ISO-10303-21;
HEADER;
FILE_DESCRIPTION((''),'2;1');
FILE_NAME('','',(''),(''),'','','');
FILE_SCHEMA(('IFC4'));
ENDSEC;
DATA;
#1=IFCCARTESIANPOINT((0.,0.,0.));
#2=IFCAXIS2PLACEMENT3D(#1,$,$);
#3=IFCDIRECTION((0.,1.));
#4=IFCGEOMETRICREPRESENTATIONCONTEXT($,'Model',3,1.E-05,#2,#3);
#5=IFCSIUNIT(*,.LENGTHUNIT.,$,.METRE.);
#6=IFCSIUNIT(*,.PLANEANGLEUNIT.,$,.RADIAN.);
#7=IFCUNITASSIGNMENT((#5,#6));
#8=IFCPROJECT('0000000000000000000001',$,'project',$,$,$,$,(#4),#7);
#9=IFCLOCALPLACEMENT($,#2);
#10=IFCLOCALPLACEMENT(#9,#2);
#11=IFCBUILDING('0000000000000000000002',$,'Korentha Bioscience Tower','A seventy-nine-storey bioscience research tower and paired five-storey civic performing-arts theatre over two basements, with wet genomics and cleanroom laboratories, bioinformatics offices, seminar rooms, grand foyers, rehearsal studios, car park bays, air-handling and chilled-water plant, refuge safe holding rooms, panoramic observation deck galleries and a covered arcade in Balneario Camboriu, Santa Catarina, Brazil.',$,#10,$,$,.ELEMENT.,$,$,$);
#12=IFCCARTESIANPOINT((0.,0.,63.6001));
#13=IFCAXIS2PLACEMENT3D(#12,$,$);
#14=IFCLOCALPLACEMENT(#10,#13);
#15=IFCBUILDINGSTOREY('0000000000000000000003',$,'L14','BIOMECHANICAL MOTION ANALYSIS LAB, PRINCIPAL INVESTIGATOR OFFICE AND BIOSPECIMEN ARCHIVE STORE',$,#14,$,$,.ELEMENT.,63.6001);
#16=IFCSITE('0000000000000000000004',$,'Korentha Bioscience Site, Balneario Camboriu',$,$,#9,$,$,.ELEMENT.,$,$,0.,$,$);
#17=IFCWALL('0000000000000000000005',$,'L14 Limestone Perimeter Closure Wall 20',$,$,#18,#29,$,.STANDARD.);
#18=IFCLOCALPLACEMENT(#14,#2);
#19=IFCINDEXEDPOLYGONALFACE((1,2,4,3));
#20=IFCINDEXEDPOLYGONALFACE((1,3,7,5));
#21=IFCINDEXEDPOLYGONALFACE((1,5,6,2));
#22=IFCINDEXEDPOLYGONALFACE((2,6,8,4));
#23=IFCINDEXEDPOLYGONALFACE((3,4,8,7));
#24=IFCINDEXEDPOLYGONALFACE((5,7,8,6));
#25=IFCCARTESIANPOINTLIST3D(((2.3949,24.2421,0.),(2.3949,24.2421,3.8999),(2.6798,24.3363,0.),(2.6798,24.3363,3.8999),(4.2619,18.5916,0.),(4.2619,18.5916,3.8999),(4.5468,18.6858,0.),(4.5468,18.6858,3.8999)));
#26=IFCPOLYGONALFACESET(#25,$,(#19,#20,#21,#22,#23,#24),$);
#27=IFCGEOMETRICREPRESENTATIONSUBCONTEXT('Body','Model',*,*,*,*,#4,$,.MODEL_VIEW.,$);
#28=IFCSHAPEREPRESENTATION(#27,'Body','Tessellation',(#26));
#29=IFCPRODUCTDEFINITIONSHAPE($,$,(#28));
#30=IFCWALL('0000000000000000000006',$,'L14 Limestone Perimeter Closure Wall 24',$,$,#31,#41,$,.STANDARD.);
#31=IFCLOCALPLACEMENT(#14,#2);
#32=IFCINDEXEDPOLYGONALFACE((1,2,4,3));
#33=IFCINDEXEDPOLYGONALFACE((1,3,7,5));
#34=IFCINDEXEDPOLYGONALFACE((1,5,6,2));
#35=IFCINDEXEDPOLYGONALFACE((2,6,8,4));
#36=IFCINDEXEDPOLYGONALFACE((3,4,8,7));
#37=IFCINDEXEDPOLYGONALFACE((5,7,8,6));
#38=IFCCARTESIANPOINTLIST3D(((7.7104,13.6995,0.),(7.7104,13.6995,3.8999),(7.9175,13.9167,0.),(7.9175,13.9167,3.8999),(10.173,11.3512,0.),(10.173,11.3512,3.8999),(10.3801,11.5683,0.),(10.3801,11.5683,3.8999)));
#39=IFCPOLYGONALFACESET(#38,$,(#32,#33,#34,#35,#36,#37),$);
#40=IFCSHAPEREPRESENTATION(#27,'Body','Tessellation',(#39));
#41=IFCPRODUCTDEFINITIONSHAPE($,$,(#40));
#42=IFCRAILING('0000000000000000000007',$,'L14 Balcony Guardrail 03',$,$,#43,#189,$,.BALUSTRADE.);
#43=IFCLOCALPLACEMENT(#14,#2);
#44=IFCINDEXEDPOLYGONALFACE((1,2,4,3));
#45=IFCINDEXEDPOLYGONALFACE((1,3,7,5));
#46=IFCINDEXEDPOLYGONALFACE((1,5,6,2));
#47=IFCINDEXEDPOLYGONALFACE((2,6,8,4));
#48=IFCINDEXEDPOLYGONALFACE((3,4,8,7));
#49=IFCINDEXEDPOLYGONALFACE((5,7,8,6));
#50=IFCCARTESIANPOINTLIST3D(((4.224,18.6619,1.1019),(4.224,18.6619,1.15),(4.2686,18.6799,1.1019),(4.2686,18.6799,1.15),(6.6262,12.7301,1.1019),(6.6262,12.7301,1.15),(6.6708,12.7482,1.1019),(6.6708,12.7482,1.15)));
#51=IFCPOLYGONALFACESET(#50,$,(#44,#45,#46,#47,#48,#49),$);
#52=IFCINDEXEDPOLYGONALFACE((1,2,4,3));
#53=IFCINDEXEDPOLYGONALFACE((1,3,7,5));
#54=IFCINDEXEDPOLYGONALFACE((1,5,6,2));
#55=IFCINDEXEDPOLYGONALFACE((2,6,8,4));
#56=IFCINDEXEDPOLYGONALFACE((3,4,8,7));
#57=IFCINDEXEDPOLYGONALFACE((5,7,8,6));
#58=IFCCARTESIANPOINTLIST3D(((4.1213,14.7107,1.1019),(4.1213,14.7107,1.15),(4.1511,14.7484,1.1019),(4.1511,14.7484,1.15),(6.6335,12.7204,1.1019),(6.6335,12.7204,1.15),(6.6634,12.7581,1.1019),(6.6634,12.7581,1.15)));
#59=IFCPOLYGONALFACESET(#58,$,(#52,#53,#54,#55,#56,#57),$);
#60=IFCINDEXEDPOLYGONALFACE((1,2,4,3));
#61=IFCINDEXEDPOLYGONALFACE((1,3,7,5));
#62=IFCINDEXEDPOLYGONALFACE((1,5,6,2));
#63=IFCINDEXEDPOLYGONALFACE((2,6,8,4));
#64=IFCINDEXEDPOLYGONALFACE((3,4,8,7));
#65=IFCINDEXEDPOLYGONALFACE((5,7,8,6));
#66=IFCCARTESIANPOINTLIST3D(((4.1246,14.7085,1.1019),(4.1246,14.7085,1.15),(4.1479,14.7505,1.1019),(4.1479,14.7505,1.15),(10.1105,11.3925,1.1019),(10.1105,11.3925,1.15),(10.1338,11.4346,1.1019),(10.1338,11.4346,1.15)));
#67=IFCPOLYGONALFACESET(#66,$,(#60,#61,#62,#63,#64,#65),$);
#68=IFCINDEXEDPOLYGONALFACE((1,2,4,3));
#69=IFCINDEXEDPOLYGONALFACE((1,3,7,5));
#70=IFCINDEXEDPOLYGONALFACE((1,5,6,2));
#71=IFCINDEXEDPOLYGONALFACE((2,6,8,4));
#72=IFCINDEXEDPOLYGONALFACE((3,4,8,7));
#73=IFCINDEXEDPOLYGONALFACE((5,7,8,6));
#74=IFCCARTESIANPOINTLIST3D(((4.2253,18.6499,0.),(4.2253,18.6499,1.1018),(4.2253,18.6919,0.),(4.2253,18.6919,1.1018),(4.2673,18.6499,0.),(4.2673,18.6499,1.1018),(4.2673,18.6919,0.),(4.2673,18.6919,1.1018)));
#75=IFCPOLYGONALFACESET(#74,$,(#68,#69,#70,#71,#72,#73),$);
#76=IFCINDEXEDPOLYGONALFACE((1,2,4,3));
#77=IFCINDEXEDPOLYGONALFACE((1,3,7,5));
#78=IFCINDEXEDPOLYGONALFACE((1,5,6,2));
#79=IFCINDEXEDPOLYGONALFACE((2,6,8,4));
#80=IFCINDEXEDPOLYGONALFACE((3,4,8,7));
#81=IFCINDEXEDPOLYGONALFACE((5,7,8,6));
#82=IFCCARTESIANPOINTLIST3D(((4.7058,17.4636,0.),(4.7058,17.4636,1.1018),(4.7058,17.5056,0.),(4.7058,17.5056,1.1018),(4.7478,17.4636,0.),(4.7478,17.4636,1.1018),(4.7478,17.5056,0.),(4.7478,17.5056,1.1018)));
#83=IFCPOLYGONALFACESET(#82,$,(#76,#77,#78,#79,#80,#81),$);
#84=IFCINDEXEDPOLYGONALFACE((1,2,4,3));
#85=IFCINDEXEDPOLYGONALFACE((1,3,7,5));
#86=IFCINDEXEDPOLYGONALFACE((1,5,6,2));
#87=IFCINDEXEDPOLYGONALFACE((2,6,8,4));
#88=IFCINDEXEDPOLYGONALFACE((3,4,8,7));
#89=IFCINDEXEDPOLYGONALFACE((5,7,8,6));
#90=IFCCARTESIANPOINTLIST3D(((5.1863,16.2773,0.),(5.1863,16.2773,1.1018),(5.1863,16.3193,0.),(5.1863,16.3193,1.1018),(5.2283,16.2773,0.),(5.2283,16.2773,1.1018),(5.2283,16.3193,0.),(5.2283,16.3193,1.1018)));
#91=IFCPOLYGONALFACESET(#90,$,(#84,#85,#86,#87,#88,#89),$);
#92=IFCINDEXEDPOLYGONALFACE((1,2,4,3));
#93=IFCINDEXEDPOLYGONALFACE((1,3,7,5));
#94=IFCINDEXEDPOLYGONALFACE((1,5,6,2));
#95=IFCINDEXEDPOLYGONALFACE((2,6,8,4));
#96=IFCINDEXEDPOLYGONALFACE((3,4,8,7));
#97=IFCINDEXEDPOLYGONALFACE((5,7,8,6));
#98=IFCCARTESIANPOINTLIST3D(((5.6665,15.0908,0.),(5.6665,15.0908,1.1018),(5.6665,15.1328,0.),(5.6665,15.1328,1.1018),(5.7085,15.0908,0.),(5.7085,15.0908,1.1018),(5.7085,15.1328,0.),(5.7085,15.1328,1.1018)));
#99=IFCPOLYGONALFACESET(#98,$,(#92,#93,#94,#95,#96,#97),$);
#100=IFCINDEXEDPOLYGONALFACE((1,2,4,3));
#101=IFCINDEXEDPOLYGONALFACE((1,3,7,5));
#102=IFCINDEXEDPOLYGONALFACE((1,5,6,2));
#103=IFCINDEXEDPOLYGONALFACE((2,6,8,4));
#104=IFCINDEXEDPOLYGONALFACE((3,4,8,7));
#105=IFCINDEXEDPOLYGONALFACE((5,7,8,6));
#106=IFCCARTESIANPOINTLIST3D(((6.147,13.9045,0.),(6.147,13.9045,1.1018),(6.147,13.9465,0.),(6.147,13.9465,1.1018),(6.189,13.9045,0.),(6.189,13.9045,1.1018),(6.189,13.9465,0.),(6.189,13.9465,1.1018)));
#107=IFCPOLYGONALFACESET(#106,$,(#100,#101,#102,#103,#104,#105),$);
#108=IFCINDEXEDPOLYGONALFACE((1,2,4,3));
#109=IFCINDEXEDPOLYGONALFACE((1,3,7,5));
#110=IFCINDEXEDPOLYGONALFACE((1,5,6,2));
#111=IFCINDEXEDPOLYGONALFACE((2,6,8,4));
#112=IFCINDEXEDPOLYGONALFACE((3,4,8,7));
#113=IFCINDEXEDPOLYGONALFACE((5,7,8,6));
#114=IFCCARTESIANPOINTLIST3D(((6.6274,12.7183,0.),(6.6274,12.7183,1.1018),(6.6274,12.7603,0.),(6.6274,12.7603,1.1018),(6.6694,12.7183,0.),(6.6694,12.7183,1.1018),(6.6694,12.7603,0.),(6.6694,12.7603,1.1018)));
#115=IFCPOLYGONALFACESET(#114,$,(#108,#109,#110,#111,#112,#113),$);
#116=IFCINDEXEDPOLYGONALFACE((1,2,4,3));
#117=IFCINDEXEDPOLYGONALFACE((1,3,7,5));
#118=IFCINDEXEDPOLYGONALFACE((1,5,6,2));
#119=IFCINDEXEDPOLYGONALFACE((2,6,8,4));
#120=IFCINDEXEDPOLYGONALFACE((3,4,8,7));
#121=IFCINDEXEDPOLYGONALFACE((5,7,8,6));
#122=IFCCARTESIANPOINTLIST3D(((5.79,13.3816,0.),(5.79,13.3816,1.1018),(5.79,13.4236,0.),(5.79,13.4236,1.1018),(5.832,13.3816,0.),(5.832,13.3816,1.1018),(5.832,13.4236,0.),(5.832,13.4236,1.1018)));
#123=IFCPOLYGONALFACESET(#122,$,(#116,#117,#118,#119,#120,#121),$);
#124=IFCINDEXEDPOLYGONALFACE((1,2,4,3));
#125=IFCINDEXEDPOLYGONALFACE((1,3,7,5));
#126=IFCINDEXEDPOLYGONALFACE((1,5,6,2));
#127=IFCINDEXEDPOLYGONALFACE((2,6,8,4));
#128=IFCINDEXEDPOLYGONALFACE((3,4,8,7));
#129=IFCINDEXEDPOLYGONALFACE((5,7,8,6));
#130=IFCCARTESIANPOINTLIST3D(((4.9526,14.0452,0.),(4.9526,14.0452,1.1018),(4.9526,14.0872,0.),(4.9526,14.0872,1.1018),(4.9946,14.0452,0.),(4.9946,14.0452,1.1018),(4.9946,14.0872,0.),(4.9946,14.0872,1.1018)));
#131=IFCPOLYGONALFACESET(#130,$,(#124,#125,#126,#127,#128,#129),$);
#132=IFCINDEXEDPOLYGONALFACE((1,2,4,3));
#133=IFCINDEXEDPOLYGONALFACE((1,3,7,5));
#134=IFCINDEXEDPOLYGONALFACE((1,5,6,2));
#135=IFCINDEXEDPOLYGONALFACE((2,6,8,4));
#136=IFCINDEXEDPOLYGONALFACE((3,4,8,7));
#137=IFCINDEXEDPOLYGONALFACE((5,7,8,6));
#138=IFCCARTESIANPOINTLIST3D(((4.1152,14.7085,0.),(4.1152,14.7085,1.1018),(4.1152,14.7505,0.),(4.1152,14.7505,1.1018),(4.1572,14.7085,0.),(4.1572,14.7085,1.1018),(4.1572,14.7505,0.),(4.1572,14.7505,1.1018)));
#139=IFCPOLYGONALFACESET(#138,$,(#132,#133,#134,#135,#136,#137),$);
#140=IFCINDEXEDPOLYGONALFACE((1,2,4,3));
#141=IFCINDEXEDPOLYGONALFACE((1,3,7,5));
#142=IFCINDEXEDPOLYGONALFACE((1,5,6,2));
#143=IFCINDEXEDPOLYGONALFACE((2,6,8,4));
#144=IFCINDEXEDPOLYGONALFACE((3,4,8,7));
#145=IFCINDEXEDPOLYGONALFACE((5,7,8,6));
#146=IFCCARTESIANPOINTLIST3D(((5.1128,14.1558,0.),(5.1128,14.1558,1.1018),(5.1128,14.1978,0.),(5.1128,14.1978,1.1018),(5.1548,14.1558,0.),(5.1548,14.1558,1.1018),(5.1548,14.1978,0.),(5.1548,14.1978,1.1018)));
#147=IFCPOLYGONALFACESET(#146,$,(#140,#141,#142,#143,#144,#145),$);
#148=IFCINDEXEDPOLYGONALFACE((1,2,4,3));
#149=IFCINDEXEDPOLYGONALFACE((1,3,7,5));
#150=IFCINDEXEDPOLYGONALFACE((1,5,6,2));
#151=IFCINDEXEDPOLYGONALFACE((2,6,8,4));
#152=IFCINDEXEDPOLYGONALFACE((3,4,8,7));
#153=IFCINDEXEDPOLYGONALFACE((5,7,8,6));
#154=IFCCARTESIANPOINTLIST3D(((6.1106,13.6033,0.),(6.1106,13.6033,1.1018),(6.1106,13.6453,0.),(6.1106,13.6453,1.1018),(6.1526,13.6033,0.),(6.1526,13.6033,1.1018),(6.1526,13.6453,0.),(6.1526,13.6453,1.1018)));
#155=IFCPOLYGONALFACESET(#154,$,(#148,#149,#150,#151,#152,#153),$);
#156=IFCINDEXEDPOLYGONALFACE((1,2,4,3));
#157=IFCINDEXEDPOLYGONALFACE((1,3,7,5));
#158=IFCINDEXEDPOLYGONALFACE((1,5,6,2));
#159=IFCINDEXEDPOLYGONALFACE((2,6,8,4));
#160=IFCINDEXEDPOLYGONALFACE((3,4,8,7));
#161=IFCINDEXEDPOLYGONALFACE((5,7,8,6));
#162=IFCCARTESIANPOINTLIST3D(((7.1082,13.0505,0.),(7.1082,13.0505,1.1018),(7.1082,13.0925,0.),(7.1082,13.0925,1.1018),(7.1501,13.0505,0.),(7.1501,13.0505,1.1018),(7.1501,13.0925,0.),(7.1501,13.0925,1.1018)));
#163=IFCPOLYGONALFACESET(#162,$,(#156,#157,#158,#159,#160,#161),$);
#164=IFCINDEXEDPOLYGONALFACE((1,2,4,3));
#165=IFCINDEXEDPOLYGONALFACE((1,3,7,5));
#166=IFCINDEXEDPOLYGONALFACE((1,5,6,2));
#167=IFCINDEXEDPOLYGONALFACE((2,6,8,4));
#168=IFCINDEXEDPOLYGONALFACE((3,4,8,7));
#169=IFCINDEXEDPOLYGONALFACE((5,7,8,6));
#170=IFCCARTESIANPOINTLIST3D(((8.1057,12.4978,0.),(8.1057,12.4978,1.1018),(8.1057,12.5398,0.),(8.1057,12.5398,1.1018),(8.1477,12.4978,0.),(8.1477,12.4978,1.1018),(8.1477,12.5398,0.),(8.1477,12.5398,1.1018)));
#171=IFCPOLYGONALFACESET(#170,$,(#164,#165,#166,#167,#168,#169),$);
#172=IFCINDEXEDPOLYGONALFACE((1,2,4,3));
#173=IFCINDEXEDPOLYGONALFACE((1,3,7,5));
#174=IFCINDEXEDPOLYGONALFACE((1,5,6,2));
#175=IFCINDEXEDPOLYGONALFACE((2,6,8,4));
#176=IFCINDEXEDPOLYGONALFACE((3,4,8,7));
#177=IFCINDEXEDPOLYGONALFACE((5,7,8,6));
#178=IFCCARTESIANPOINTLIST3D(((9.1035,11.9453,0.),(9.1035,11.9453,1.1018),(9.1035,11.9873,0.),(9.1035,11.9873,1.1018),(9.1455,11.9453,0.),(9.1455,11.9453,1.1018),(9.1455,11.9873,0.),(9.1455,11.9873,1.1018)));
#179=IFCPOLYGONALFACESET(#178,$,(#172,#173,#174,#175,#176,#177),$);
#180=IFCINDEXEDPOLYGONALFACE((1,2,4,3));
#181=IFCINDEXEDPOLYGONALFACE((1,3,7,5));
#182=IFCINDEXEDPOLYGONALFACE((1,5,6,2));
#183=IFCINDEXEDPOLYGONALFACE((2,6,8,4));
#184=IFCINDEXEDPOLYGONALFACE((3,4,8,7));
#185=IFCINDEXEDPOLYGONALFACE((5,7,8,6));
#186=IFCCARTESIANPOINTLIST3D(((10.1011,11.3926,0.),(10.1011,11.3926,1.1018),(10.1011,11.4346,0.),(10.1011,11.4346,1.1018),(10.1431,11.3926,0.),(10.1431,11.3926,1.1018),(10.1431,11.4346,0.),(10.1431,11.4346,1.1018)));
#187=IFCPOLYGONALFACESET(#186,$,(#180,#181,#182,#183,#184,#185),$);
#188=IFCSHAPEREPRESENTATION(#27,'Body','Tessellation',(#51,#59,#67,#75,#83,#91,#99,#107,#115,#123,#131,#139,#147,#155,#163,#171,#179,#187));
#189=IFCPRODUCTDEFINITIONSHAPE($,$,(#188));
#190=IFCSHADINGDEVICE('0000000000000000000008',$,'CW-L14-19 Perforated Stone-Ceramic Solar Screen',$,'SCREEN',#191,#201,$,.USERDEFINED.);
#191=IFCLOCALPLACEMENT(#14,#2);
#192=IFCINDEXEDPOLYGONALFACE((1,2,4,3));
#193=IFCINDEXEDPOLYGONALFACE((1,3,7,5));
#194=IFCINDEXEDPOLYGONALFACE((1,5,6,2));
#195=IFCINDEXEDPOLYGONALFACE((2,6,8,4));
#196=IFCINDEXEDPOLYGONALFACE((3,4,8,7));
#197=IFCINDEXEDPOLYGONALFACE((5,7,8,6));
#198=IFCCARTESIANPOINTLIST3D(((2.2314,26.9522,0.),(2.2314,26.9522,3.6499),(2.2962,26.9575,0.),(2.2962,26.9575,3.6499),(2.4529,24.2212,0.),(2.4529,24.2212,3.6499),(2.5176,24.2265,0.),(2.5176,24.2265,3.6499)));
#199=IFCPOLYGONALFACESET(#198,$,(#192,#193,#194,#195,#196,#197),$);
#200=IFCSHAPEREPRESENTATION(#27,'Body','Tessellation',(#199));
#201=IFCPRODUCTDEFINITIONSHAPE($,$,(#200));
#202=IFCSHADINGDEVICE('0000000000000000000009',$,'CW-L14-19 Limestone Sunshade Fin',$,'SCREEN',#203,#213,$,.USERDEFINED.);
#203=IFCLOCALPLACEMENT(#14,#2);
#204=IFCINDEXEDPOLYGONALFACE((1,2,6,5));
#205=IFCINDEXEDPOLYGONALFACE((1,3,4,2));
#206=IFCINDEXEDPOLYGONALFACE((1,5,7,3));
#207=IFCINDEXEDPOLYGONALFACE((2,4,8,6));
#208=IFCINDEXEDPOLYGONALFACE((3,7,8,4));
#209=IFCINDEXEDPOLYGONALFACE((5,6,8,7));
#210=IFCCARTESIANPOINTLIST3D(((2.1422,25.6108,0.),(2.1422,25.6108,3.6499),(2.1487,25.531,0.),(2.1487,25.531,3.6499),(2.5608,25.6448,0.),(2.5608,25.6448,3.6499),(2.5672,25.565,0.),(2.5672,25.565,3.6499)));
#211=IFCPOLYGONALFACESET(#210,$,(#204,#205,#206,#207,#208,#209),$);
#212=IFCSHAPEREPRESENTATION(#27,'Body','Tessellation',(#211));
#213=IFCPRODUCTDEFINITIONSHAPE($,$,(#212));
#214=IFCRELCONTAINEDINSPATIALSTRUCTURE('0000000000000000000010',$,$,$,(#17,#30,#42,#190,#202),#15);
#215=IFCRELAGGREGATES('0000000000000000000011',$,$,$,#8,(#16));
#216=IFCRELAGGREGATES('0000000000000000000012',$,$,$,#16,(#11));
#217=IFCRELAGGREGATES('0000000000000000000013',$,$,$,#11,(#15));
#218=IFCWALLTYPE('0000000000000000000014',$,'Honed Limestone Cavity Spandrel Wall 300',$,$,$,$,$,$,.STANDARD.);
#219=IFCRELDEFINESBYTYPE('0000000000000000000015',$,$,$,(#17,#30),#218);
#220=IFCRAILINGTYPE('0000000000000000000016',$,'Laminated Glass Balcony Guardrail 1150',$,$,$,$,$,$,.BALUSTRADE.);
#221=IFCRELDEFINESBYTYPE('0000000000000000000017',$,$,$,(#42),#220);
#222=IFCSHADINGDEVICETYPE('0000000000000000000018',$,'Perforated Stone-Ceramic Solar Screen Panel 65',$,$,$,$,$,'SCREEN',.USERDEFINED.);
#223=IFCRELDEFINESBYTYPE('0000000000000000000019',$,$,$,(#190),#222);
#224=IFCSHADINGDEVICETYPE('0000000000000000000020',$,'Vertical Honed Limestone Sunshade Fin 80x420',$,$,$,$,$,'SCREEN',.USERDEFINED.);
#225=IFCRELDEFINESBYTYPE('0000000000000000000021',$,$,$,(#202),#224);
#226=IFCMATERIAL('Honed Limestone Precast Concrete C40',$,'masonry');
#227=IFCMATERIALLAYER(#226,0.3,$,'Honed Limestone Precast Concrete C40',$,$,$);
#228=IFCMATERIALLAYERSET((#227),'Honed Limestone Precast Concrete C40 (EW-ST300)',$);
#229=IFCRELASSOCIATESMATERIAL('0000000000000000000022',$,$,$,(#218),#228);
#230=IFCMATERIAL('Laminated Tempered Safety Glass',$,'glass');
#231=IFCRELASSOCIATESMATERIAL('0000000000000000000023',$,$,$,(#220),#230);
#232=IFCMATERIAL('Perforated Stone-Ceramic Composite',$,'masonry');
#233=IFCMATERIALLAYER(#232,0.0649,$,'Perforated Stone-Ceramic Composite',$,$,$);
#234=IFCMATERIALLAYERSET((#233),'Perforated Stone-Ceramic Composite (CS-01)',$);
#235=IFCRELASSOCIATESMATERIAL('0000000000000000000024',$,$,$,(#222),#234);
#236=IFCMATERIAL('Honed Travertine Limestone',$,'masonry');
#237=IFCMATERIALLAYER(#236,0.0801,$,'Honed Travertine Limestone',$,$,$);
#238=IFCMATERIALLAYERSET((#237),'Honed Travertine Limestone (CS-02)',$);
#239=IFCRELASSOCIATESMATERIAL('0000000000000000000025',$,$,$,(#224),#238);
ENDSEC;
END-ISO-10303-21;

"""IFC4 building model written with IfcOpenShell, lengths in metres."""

from ifc_helpers import new_model, si_unit, direction, frame, frame_2d, origin, origin_2d, place, context, subcontext, project, spatial, rectangle, extrude, material, layer, layer_set, type_object, element, save


model = new_model("IFC4")

# Units and contexts
model_context = context("Model", 3, precision=1e-05, world=origin(), true_north=direction((0.0, 1.0)))
body_context = subcontext(model_context, "Body", "Model", "MODEL_VIEW")
ifc_project = project(units=[si_unit("LENGTHUNIT", "METRE"), si_unit("PLANEANGLEUNIT", "RADIAN")], contexts=[model_context])

# Site, building, storey
site_placement = place(None, origin())
site = spatial("IfcSite", under=ifc_project, at=site_placement, Name="Korentha Bioscience Site, Balneario Camboriu", CompositionType="ELEMENT", RefElevation=0.0)
building_placement = place(site_placement, origin())
building = spatial("IfcBuilding", under=site, at=building_placement, Name="Korentha Bioscience Tower", Description="A seventy-nine-storey bioscience research tower and paired five-storey civic performing-arts theatre over two basements, with wet genomics and cleanroom laboratories, bioinformatics offices, seminar rooms, grand foyers, rehearsal studios, car park bays, air-handling and chilled-water plant, refuge safe holding rooms, panoramic observation deck galleries and a covered arcade in Balneario Camboriu, Santa Catarina, Brazil.", CompositionType="ELEMENT")
storey_placement = place(building_placement, frame((0.0, 0.0, 63.6001)))
storey = spatial("IfcBuildingStorey", under=building, at=storey_placement, Name="L14", Description="BIOMECHANICAL MOTION ANALYSIS LAB, PRINCIPAL INVESTIGATOR OFFICE AND BIOSPECIMEN ARCHIVE STORE", CompositionType="ELEMENT", Elevation=63.6001)

# Shared definitions
ifc_material_1 = material(Name="Honed Limestone Precast Concrete C40", Category="masonry")
ifc_layer_1 = layer(ifc_material_1, 0.3, Name="Honed Limestone Precast Concrete C40")
ifc_layer_set_1 = layer_set([ifc_layer_1], Name="Honed Limestone Precast Concrete C40 (EW-ST300)")
wall_type_1 = type_object("IfcWallType", Name="Honed Limestone Cavity Spandrel Wall 300", PredefinedType="STANDARD", material=ifc_layer_set_1)

# Walls
wall_1_placement = place(storey_placement, frame((2.5374, 24.2893, 0.0), z_axis=(0.0, 0.0, 1.0), x_axis=(0.313728, -0.949513, 0.0)))
element("IfcWall", 1, at=wall_1_placement, inside=storey, type_object=wall_type_1, Name="L14 Limestone Perimeter Closure Wall 20", PredefinedType="STANDARD", context=body_context, shape_type="SweptSolid", body=[
    extrude(rectangle(XDim=5.9509, YDim=0.3, at=frame_2d((2.9756, 0.0))), origin(), (0.0, 0.0, 1.0), 3.8999),
])
wall_2_placement = place(storey_placement, frame((7.814, 13.8081, 0.0), z_axis=(0.0, 0.0, 1.0), x_axis=(0.723696, -0.690119, 0.0)))
element("IfcWall", 2, at=wall_2_placement, inside=storey, type_object=wall_type_1, Name="L14 Limestone Perimeter Closure Wall 24", PredefinedType="STANDARD", context=body_context, shape_type="SweptSolid", body=[
    extrude(rectangle(XDim=3.4028, YDim=0.3, at=frame_2d((1.7014, 0.0))), origin(), (0.0, 0.0, 1.0), 3.8999),
])

# Railing
ifc_material_2 = material(Name="Laminated Tempered Safety Glass", Category="glass")
railing_type = type_object("IfcRailingType", Name="Laminated Glass Balcony Guardrail 1150", PredefinedType="BALUSTRADE", material=ifc_material_2)
railing_placement = place(storey_placement, frame((4.2463, 18.6709, 0.0)))
element("IfcRailing", 3, at=railing_placement, inside=storey, type_object=railing_type, Name="L14 Balcony Guardrail 03", PredefinedType="BALUSTRADE", context=body_context, shape_type="SweptSolid", body=[
    extrude(rectangle(XDim=0.0481, YDim=0.0481, at=origin_2d()), frame((0.0, 0.0, 1.126), z_axis=(0.375354, -0.926882, 0.0), x_axis=(0.926882, 0.375354, 0.0)), (0.0, 0.0, 1.0), 6.3997),
    extrude(rectangle(XDim=0.0481, YDim=0.0481, at=origin_2d()), frame((2.4021, -5.9316, 1.126), z_axis=(-0.783833, 0.620972, 0.0), x_axis=(-0.620972, -0.783833, 0.0)), (0.0, 0.0, 1.0), 3.2051),
    extrude(rectangle(XDim=0.0481, YDim=0.0481, at=origin_2d()), frame((-0.1101, -3.9414, 1.126), z_axis=(0.874749, -0.484576, 0.0), x_axis=(0.484576, 0.874749, 0.0)), (0.0, 0.0, 1.0), 6.843),
    extrude(rectangle(XDim=0.042, YDim=0.042, at=origin_2d()), origin(), (0.0, 0.0, 1.0), 1.1018),
    extrude(rectangle(XDim=0.042, YDim=0.042, at=origin_2d()), frame((0.4805, -1.1863, 0.0)), (0.0, 0.0, 1.0), 1.1018),
    extrude(rectangle(XDim=0.042, YDim=0.042, at=origin_2d()), frame((0.9609, -2.3726, 0.0)), (0.0, 0.0, 1.0), 1.1018),
    extrude(rectangle(XDim=0.042, YDim=0.042, at=origin_2d()), frame((1.4412, -3.5591, 0.0)), (0.0, 0.0, 1.0), 1.1018),
    extrude(rectangle(XDim=0.042, YDim=0.042, at=origin_2d()), frame((1.9216, -4.7454, 0.0)), (0.0, 0.0, 1.0), 1.1018),
    extrude(rectangle(XDim=0.042, YDim=0.042, at=origin_2d()), frame((2.4021, -5.9316, 0.0)), (0.0, 0.0, 1.0), 1.1018),
    extrude(rectangle(XDim=0.042, YDim=0.042, at=origin_2d()), frame((1.5647, -5.2683, 0.0)), (0.0, 0.0, 1.0), 1.1018),
    extrude(rectangle(XDim=0.042, YDim=0.042, at=origin_2d()), frame((0.7273, -4.6047, 0.0)), (0.0, 0.0, 1.0), 1.1018),
    extrude(rectangle(XDim=0.042, YDim=0.042, at=origin_2d()), frame((-0.1101, -3.9414, 0.0)), (0.0, 0.0, 1.0), 1.1018),
    extrude(rectangle(XDim=0.042, YDim=0.042, at=origin_2d()), frame((0.8875, -4.4941, 0.0)), (0.0, 0.0, 1.0), 1.1018),
    extrude(rectangle(XDim=0.042, YDim=0.042, at=origin_2d()), frame((1.8853, -5.0466, 0.0)), (0.0, 0.0, 1.0), 1.1018),
    extrude(rectangle(XDim=0.042, YDim=0.042, at=origin_2d()), frame((2.8828, -5.5994, 0.0)), (0.0, 0.0, 1.0), 1.1018),
    extrude(rectangle(XDim=0.042, YDim=0.042, at=origin_2d()), frame((3.8804, -6.1521, 0.0)), (0.0, 0.0, 1.0), 1.1018),
    extrude(rectangle(XDim=0.042, YDim=0.042, at=origin_2d()), frame((4.8782, -6.7046, 0.0)), (0.0, 0.0, 1.0), 1.1018),
    extrude(rectangle(XDim=0.042, YDim=0.042, at=origin_2d()), frame((5.8757, -7.2573, 0.0)), (0.0, 0.0, 1.0), 1.1018),
])

# Shading devices
ifc_material_3 = material(Name="Perforated Stone-Ceramic Composite", Category="masonry")
ifc_layer_2 = layer(ifc_material_3, 0.0649, Name="Perforated Stone-Ceramic Composite")
ifc_layer_set_2 = layer_set([ifc_layer_2], Name="Perforated Stone-Ceramic Composite (CS-01)")
shading_device_type_1 = type_object("IfcShadingDeviceType", Name="Perforated Stone-Ceramic Solar Screen Panel 65", ElementType="SCREEN", PredefinedType="USERDEFINED", material=ifc_layer_set_2)
shading_device_1_placement = place(storey_placement, frame((2.3745, 25.5894, 0.0), z_axis=(0.0, 0.0, 1.0), x_axis=(0.08082, -0.996729, 0.0)))
element("IfcShadingDevice", 4, at=shading_device_1_placement, inside=storey, type_object=shading_device_type_1, Name="CW-L14-19 Perforated Stone-Ceramic Solar Screen", ObjectType="SCREEN", PredefinedType="USERDEFINED", context=body_context, shape_type="SweptSolid", body=[
    extrude(rectangle(XDim=2.74, YDim=0.0649, at=origin_2d()), origin(), (0.0, 0.0, 1.0), 3.6499),
])
ifc_material_4 = material(Name="Honed Travertine Limestone", Category="masonry")
ifc_layer_3 = layer(ifc_material_4, 0.0801, Name="Honed Travertine Limestone")
ifc_layer_set_3 = layer_set([ifc_layer_3], Name="Honed Travertine Limestone (CS-02)")
shading_device_type_2 = type_object("IfcShadingDeviceType", Name="Vertical Honed Limestone Sunshade Fin 80x420", ElementType="SCREEN", PredefinedType="USERDEFINED", material=ifc_layer_set_3)
shading_device_2_placement = place(storey_placement, frame((2.3547, 25.5879, 0.0), z_axis=(0.0, 0.0, 1.0), x_axis=(0.08082, -0.996729, 0.0)))
element("IfcShadingDevice", 5, at=shading_device_2_placement, inside=storey, type_object=shading_device_type_2, Name="CW-L14-19 Limestone Sunshade Fin", ObjectType="SCREEN", PredefinedType="USERDEFINED", context=body_context, shape_type="SweptSolid", body=[
    extrude(rectangle(XDim=0.0801, YDim=0.4199, at=origin_2d()), origin(), (0.0, 0.0, 1.0), 3.6499),
])

save(model, "model.ifc")
